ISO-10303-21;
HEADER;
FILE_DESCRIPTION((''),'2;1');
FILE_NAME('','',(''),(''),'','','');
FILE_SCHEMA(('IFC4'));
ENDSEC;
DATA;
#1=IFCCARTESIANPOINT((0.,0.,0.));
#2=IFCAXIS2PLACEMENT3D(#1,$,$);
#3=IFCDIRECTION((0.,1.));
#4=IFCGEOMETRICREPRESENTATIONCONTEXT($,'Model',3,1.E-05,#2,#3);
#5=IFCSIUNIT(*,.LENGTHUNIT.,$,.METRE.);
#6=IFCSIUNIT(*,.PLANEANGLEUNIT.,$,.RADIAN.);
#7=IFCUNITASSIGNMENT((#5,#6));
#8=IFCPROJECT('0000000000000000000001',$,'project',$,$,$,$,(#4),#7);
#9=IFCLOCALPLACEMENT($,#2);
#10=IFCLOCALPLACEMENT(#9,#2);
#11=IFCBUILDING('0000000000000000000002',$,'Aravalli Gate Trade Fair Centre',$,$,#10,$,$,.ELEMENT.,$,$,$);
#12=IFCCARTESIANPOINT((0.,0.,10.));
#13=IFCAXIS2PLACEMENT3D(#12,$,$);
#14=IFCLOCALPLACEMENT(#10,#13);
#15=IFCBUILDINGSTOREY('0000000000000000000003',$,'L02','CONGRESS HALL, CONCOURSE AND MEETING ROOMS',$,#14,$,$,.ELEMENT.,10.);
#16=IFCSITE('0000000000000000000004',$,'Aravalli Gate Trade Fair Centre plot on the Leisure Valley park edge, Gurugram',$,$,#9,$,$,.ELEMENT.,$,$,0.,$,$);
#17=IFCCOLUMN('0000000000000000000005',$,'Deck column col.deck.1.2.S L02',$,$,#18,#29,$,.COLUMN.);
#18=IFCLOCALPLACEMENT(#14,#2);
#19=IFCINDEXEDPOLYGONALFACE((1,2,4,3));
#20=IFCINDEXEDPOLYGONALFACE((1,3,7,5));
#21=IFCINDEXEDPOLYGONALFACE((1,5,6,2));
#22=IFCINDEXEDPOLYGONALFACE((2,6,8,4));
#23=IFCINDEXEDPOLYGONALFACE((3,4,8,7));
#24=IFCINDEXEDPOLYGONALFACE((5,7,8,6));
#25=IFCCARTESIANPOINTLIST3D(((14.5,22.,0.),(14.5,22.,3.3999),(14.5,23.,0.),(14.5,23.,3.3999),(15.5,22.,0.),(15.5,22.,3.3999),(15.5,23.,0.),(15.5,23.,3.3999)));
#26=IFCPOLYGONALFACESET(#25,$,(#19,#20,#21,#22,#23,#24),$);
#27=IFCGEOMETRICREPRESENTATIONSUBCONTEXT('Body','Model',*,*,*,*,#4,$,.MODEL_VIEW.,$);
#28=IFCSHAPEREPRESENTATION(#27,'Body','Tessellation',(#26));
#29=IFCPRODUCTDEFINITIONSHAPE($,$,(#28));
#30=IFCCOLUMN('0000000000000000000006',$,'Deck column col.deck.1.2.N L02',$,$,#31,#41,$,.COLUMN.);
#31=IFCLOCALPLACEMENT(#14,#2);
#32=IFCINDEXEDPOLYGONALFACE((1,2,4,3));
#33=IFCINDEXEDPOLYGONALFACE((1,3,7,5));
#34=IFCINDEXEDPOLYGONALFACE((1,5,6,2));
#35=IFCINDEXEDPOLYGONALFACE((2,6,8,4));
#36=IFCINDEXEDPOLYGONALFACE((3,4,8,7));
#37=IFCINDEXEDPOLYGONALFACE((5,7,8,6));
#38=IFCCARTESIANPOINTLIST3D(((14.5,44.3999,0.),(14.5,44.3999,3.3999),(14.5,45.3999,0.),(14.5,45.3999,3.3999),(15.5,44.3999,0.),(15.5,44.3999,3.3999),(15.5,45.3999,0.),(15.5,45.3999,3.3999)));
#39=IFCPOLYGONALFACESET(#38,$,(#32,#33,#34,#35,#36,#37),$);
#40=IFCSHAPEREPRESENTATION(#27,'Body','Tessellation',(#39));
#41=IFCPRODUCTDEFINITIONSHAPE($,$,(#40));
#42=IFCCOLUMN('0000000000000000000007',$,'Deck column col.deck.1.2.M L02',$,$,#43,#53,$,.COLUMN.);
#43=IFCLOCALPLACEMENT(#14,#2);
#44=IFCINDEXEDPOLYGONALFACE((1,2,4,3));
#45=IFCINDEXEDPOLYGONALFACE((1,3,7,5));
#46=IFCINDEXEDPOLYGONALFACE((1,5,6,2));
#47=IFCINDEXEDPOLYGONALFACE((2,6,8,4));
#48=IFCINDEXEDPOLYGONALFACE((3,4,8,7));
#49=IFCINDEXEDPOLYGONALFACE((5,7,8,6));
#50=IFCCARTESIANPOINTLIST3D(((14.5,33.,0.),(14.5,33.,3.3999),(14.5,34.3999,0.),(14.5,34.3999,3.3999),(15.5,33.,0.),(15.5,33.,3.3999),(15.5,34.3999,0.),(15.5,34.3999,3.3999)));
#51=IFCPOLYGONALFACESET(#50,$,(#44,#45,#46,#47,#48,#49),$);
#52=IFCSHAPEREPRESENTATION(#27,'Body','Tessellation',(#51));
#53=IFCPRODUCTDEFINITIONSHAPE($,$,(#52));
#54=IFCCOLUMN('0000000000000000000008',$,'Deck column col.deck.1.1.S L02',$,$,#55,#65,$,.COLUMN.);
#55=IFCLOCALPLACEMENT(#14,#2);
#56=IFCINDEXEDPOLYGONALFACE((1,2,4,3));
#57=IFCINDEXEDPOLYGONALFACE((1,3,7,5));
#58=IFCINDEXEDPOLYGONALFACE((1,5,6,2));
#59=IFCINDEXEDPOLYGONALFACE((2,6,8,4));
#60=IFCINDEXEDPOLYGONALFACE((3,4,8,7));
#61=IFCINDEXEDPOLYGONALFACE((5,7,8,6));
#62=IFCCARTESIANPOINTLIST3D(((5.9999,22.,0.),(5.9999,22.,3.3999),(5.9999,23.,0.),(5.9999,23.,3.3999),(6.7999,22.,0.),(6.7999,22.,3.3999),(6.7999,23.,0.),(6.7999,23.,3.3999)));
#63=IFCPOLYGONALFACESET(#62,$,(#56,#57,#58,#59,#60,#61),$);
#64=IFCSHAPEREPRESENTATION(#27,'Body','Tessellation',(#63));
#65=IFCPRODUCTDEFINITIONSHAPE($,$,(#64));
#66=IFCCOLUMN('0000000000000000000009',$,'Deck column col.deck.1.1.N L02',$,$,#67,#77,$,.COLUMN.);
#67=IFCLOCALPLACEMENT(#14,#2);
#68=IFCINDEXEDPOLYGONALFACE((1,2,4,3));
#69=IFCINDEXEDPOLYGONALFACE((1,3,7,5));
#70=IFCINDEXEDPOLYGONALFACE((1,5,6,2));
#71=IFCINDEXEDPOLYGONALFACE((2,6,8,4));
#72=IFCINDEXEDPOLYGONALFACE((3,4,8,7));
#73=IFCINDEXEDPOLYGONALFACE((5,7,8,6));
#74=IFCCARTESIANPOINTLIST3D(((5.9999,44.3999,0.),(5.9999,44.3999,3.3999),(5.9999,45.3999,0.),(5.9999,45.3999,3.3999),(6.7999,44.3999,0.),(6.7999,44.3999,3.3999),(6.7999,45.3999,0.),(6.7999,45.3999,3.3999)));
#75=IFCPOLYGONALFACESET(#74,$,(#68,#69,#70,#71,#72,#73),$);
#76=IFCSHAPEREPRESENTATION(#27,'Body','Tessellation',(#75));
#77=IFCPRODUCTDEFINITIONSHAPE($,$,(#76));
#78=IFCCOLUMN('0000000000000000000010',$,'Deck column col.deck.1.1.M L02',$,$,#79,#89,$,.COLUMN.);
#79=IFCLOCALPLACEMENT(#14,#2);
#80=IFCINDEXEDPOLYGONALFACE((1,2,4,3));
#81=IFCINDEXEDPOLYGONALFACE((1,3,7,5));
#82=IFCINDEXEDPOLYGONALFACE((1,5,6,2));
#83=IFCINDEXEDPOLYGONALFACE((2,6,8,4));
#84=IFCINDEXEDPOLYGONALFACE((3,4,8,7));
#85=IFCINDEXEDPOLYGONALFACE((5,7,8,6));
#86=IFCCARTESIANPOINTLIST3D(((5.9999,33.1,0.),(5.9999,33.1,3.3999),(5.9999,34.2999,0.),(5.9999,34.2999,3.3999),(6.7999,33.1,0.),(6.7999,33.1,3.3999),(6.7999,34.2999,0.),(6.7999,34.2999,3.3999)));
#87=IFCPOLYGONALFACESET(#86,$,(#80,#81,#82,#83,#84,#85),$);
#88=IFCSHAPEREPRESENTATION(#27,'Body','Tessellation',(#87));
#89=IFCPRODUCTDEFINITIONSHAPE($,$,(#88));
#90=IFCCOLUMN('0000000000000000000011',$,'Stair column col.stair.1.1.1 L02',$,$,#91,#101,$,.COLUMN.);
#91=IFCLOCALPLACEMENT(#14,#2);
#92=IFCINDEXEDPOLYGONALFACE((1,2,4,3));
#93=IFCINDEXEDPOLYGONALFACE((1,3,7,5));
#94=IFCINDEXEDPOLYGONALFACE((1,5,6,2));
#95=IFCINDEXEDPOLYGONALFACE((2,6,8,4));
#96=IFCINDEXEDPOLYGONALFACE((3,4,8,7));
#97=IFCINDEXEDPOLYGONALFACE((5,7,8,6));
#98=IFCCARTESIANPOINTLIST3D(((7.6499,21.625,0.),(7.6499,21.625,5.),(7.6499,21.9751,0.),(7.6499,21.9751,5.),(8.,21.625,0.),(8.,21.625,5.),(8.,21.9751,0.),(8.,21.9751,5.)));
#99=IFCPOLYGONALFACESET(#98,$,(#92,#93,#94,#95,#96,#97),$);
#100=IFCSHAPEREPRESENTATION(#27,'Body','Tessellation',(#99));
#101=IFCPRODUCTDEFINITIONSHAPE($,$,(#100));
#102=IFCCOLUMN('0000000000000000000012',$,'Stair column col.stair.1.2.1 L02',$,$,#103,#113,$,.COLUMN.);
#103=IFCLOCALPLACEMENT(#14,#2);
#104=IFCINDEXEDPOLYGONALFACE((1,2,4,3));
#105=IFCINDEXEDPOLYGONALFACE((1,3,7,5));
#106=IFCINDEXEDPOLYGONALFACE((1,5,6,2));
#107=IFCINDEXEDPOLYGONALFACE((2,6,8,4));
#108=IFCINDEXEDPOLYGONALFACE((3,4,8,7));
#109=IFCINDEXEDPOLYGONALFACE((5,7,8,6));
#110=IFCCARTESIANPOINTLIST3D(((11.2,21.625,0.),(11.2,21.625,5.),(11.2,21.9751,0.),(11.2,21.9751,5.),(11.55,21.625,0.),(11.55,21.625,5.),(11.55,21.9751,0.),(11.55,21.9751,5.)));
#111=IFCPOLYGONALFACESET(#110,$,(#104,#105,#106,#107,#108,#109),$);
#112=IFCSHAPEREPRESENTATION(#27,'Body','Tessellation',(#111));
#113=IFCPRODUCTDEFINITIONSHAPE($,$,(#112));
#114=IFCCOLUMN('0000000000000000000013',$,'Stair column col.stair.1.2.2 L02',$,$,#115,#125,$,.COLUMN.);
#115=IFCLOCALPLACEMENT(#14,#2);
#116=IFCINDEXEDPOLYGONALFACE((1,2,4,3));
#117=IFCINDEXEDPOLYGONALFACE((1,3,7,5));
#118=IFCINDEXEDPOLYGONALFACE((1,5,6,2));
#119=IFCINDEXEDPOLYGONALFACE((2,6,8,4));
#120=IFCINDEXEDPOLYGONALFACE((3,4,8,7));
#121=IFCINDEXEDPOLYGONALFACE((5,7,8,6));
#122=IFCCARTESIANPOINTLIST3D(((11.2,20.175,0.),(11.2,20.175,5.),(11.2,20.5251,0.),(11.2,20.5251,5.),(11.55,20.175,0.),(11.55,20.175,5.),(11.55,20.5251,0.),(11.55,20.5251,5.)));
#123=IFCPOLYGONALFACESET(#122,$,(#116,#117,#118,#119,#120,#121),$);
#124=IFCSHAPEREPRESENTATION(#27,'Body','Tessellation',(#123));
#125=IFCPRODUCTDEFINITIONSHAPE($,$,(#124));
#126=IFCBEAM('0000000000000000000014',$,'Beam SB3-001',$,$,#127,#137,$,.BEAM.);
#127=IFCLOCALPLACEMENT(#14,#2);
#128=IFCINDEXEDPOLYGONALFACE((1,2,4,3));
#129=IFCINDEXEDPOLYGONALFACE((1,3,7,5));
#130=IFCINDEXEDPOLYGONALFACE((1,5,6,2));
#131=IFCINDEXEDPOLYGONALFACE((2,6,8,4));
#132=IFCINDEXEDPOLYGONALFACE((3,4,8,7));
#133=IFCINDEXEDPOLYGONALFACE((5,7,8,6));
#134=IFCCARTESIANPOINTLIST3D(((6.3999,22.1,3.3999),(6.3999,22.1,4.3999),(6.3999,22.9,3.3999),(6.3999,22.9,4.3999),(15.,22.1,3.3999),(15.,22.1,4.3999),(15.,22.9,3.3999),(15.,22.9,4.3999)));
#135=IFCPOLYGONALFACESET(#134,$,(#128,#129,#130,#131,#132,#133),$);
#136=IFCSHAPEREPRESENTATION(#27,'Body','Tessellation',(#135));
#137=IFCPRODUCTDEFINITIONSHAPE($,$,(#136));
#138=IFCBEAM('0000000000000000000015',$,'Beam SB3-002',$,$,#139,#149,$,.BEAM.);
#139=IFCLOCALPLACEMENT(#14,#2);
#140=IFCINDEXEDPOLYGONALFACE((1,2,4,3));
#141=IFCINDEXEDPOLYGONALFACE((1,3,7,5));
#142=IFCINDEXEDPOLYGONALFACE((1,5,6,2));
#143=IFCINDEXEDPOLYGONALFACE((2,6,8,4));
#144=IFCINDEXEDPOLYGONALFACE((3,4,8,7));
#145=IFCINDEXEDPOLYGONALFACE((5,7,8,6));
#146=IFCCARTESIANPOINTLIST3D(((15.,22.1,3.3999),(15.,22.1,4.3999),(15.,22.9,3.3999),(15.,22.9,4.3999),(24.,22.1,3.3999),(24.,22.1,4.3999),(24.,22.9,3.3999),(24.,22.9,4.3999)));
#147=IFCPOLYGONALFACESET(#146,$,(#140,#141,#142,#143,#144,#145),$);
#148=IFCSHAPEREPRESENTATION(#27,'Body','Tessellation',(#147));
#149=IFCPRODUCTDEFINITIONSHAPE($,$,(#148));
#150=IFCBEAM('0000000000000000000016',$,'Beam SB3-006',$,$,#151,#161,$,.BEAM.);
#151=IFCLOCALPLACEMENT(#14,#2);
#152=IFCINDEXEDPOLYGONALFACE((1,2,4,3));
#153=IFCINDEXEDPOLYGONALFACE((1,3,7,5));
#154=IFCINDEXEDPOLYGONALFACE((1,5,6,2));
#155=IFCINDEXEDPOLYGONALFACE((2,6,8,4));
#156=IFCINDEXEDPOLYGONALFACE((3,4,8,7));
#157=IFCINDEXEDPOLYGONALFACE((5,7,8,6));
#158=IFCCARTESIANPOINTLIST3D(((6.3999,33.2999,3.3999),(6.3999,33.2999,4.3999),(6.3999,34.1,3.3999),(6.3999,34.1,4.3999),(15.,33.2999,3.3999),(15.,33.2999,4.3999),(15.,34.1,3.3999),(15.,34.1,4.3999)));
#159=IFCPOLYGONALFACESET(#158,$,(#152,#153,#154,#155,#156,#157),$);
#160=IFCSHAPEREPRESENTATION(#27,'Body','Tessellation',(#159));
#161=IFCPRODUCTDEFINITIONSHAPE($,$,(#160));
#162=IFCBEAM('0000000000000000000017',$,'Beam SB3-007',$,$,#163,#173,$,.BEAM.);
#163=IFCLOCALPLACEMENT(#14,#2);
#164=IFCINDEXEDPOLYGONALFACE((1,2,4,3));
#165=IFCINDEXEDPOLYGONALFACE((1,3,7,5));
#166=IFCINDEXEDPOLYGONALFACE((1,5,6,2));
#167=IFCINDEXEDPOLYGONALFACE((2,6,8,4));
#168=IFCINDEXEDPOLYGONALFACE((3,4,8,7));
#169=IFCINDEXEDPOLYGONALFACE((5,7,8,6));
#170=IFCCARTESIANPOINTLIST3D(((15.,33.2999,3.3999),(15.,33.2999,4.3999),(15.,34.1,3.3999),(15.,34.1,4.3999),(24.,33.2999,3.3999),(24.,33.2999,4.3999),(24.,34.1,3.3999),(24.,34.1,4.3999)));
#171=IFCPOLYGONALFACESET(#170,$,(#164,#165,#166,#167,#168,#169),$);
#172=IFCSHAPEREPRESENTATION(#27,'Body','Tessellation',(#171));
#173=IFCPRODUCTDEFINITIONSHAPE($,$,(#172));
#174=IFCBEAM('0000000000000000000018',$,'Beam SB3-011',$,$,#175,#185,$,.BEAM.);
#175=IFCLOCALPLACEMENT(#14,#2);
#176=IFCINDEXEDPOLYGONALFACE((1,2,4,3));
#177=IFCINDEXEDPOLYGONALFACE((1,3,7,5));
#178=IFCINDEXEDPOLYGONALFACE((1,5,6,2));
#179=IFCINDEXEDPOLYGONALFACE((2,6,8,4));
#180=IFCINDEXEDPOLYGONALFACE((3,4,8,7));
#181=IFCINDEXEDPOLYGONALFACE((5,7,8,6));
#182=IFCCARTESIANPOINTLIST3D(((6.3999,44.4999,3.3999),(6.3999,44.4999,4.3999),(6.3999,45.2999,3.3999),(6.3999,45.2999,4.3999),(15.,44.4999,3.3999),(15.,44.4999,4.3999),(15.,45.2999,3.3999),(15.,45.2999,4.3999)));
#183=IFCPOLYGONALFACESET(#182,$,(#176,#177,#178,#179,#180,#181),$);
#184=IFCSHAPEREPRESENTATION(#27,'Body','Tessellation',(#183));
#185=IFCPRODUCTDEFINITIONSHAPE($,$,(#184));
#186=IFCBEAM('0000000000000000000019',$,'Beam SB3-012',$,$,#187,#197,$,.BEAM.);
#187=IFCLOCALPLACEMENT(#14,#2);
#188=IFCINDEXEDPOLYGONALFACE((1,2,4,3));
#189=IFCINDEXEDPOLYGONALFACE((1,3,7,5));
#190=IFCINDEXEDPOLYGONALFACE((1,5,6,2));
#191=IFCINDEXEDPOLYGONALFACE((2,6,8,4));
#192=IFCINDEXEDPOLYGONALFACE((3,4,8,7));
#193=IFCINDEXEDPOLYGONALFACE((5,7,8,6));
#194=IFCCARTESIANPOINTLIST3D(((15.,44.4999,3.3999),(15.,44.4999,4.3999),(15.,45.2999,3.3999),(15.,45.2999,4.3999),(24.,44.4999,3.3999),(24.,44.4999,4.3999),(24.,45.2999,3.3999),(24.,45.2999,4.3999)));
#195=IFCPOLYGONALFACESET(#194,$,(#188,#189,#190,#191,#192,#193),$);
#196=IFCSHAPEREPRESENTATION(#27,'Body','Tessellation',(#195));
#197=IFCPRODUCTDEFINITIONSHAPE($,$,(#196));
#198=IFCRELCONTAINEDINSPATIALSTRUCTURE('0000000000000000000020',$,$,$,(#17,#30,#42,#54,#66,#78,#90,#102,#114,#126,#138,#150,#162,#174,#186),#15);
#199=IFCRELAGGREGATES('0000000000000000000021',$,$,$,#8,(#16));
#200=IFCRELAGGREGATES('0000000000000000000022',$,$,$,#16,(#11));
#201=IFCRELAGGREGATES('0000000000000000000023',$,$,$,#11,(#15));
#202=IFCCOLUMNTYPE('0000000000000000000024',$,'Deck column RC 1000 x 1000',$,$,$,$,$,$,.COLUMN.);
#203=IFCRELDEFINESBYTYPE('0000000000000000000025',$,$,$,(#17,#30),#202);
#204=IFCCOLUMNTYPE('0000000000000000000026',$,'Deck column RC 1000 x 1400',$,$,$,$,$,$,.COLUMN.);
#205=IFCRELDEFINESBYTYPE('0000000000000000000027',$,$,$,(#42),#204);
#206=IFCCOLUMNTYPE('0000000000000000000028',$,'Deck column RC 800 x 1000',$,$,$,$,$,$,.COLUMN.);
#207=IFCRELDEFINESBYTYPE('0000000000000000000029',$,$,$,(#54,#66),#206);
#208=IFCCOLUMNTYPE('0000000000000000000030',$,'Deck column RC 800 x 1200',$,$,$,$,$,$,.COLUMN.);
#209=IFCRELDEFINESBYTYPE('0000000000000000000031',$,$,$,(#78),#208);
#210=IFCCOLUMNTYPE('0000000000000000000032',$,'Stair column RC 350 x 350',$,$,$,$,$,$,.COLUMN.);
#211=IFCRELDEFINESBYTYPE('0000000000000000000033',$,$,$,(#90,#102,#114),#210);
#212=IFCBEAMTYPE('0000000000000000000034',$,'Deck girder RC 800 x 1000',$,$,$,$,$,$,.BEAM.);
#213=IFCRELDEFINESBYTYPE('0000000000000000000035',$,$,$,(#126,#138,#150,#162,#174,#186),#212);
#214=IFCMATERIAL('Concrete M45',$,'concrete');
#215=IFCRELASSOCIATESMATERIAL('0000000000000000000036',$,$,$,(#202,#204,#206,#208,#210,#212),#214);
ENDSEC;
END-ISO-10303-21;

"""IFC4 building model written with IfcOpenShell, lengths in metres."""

from ifc_helpers import new_model, si_unit, direction, frame, origin, origin_2d, place, context, subcontext, project, spatial, rectangle, extrude, material, material_profile, profile_set, type_object, element, save


model = new_model("IFC4")

# Units and contexts
model_context = context("Model", 3, precision=1e-05, world=origin(), true_north=direction((0.0, 1.0)))
body_context = subcontext(model_context, "Body", "Model", "MODEL_VIEW")
ifc_project = project(units=[si_unit("LENGTHUNIT", "METRE"), si_unit("PLANEANGLEUNIT", "RADIAN")], contexts=[model_context])

# Site, building, storey
site_placement = place(None, origin())
site = spatial("IfcSite", under=ifc_project, at=site_placement, Name="Aravalli Gate Trade Fair Centre plot on the Leisure Valley park edge, Gurugram", CompositionType="ELEMENT", RefElevation=0.0)
building_placement = place(site_placement, origin())
building = spatial("IfcBuilding", under=site, at=building_placement, Name="Aravalli Gate Trade Fair Centre", CompositionType="ELEMENT")
storey_placement = place(building_placement, frame((0.0, 0.0, 10.0)))
storey = spatial("IfcBuildingStorey", under=building, at=storey_placement, Name="L02", Description="CONGRESS HALL, CONCOURSE AND MEETING ROOMS", CompositionType="ELEMENT", Elevation=10.0)

# Columns
ifc_material_1 = material(Name="Concrete M45", Category="concrete")
ifc_material_profile_1 = material_profile(ifc_material_1, rectangle(XDim=1.0, YDim=1.0, at=origin_2d()), Name="Deck column RC 1000 x 1000")
ifc_profile_set_1 = profile_set([ifc_material_profile_1], Name="Concrete M45")
column_type_1 = type_object("IfcColumnType", Name="Deck column RC 1000 x 1000", PredefinedType="COLUMN", material=ifc_profile_set_1)
for number, where, z_axis, x_axis, name in (
    (1, (15.0, 22.5, 0.0), (0.0, 0.0, 1.0), (1.0, 0.0, 0.0), "Deck column col.deck.1.2.S L02"),
    (2, (15.0, 44.8999, 0.0), (0.0, 0.0, 1.0), (1.0, 0.0, 0.0), "Deck column col.deck.1.2.N L02"),
):
    element("IfcColumn", number, at=place(storey_placement, frame(where, z_axis=z_axis, x_axis=x_axis)), inside=storey, type_object=column_type_1, Name=name, PredefinedType="COLUMN", context=body_context, shape_type="SweptSolid", body=[
        extrude(rectangle(XDim=1.0, YDim=1.0, at=origin_2d()), origin(), (0.0, 0.0, 1.0), 3.3999),
    ])
ifc_material_profile_2 = material_profile(ifc_material_1, rectangle(XDim=1.0, YDim=1.3999, at=origin_2d()), Name="Deck column RC 1000 x 1400")
ifc_profile_set_2 = profile_set([ifc_material_profile_2], Name="Concrete M45")
column_type_2 = type_object("IfcColumnType", Name="Deck column RC 1000 x 1400", PredefinedType="COLUMN", material=ifc_profile_set_2)
column_1_placement = place(storey_placement, frame((15.0, 33.7, 0.0), z_axis=(0.0, 0.0, 1.0), x_axis=(1.0, 0.0, 0.0)))
element("IfcColumn", 3, at=column_1_placement, inside=storey, type_object=column_type_2, Name="Deck column col.deck.1.2.M L02", PredefinedType="COLUMN", context=body_context, shape_type="SweptSolid", body=[
    extrude(rectangle(XDim=1.0, YDim=1.3999, at=origin_2d()), origin(), (0.0, 0.0, 1.0), 3.3999),
])
ifc_material_profile_3 = material_profile(ifc_material_1, rectangle(XDim=0.8, YDim=1.0, at=origin_2d()), Name="Deck column RC 800 x 1000")
ifc_profile_set_3 = profile_set([ifc_material_profile_3], Name="Concrete M45")
column_type_3 = type_object("IfcColumnType", Name="Deck column RC 800 x 1000", PredefinedType="COLUMN", material=ifc_profile_set_3)
for number, where, z_axis, x_axis, name in (
    (4, (6.3999, 22.5, 0.0), (0.0, 0.0, 1.0), (1.0, 0.0, 0.0), "Deck column col.deck.1.1.S L02"),
    (5, (6.3999, 44.8999, 0.0), (0.0, 0.0, 1.0), (1.0, 0.0, 0.0), "Deck column col.deck.1.1.N L02"),
):
    element("IfcColumn", number, at=place(storey_placement, frame(where, z_axis=z_axis, x_axis=x_axis)), inside=storey, type_object=column_type_3, Name=name, PredefinedType="COLUMN", context=body_context, shape_type="SweptSolid", body=[
        extrude(rectangle(XDim=0.8, YDim=1.0, at=origin_2d()), origin(), (0.0, 0.0, 1.0), 3.3999),
    ])
ifc_material_profile_4 = material_profile(ifc_material_1, rectangle(XDim=0.8, YDim=1.2, at=origin_2d()), Name="Deck column RC 800 x 1200")
ifc_profile_set_4 = profile_set([ifc_material_profile_4], Name="Concrete M45")
column_type_4 = type_object("IfcColumnType", Name="Deck column RC 800 x 1200", PredefinedType="COLUMN", material=ifc_profile_set_4)
column_2_placement = place(storey_placement, frame((6.3999, 33.7, 0.0), z_axis=(0.0, 0.0, 1.0), x_axis=(1.0, 0.0, 0.0)))
element("IfcColumn", 6, at=column_2_placement, inside=storey, type_object=column_type_4, Name="Deck column col.deck.1.1.M L02", PredefinedType="COLUMN", context=body_context, shape_type="SweptSolid", body=[
    extrude(rectangle(XDim=0.8, YDim=1.2, at=origin_2d()), origin(), (0.0, 0.0, 1.0), 3.3999),
])
ifc_material_profile_5 = material_profile(ifc_material_1, rectangle(XDim=0.3501, YDim=0.3501, at=origin_2d()), Name="Stair column RC 350 x 350")
ifc_profile_set_5 = profile_set([ifc_material_profile_5], Name="Concrete M45")
column_type_5 = type_object("IfcColumnType", Name="Stair column RC 350 x 350", PredefinedType="COLUMN", material=ifc_profile_set_5)
for number, where, z_axis, x_axis, name in (
    (7, (7.825, 21.8, 0.0), (0.0, 0.0, 1.0), (1.0, 0.0, 0.0), "Stair column col.stair.1.1.1 L02"),
    (8, (11.375, 21.8, 0.0), (0.0, 0.0, 1.0), (1.0, 0.0, 0.0), "Stair column col.stair.1.2.1 L02"),
    (9, (11.375, 20.3501, 0.0), (0.0, 0.0, 1.0), (1.0, 0.0, 0.0), "Stair column col.stair.1.2.2 L02"),
):
    element("IfcColumn", number, at=place(storey_placement, frame(where, z_axis=z_axis, x_axis=x_axis)), inside=storey, type_object=column_type_5, Name=name, PredefinedType="COLUMN", context=body_context, shape_type="SweptSolid", body=[
        extrude(rectangle(XDim=0.3501, YDim=0.3501, at=origin_2d()), origin(), (0.0, 0.0, 1.0), 5.0),
    ])

# Beams
ifc_material_profile_6 = material_profile(ifc_material_1, rectangle(XDim=0.8, YDim=1.0, at=origin_2d()), Name="Deck girder RC 800 x 1000")
ifc_profile_set_6 = profile_set([ifc_material_profile_6], Name="Concrete M45")
beam_type_1 = type_object("IfcBeamType", Name="Deck girder RC 800 x 1000", PredefinedType="BEAM", material=ifc_profile_set_6)
beam_1_placement = place(storey_placement, frame((6.3999, 22.5, 3.8999), z_axis=(1.0, 0.0, 0.0), x_axis=(0.0, 1.0, 0.0)))
element("IfcBeam", 10, at=beam_1_placement, inside=storey, type_object=beam_type_1, Name="Beam SB3-001", PredefinedType="BEAM", context=body_context, shape_type="SweptSolid", body=[
    extrude(rectangle(XDim=0.8, YDim=1.0, at=origin_2d()), origin(), (0.0, 0.0, 1.0), 8.6001),
])
beam_2_placement = place(storey_placement, frame((15.0, 22.5, 3.8999), z_axis=(1.0, 0.0, 0.0), x_axis=(0.0, 1.0, 0.0)))
element("IfcBeam", 11, at=beam_2_placement, inside=storey, type_object=beam_type_1, Name="Beam SB3-002", PredefinedType="BEAM", context=body_context, shape_type="SweptSolid", body=[
    extrude(rectangle(XDim=0.8, YDim=1.0, at=origin_2d()), origin(), (0.0, 0.0, 1.0), 9.0),
])
beam_3_placement = place(storey_placement, frame((6.3999, 33.7, 3.8999), z_axis=(1.0, 0.0, 0.0), x_axis=(0.0, 1.0, 0.0)))
element("IfcBeam", 12, at=beam_3_placement, inside=storey, type_object=beam_type_1, Name="Beam SB3-006", PredefinedType="BEAM", context=body_context, shape_type="SweptSolid", body=[
    extrude(rectangle(XDim=0.8, YDim=1.0, at=origin_2d()), origin(), (0.0, 0.0, 1.0), 8.6001),
])
beam_4_placement = place(storey_placement, frame((15.0, 33.7, 3.8999), z_axis=(1.0, 0.0, 0.0), x_axis=(0.0, 1.0, 0.0)))
element("IfcBeam", 13, at=beam_4_placement, inside=storey, type_object=beam_type_1, Name="Beam SB3-007", PredefinedType="BEAM", context=body_context, shape_type="SweptSolid", body=[
    extrude(rectangle(XDim=0.8, YDim=1.0, at=origin_2d()), origin(), (0.0, 0.0, 1.0), 9.0),
])
beam_5_placement = place(storey_placement, frame((6.3999, 44.8999, 3.8999), z_axis=(1.0, 0.0, 0.0), x_axis=(0.0, 1.0, 0.0)))
element("IfcBeam", 14, at=beam_5_placement, inside=storey, type_object=beam_type_1, Name="Beam SB3-011", PredefinedType="BEAM", context=body_context, shape_type="SweptSolid", body=[
    extrude(rectangle(XDim=0.8, YDim=1.0, at=origin_2d()), origin(), (0.0, 0.0, 1.0), 8.6001),
])
beam_6_placement = place(storey_placement, frame((15.0, 44.8999, 3.8999), z_axis=(1.0, 0.0, 0.0), x_axis=(0.0, 1.0, 0.0)))
element("IfcBeam", 15, at=beam_6_placement, inside=storey, type_object=beam_type_1, Name="Beam SB3-012", PredefinedType="BEAM", context=body_context, shape_type="SweptSolid", body=[
    extrude(rectangle(XDim=0.8, YDim=1.0, at=origin_2d()), origin(), (0.0, 0.0, 1.0), 9.0),
])

save(model, "model.ifc")
